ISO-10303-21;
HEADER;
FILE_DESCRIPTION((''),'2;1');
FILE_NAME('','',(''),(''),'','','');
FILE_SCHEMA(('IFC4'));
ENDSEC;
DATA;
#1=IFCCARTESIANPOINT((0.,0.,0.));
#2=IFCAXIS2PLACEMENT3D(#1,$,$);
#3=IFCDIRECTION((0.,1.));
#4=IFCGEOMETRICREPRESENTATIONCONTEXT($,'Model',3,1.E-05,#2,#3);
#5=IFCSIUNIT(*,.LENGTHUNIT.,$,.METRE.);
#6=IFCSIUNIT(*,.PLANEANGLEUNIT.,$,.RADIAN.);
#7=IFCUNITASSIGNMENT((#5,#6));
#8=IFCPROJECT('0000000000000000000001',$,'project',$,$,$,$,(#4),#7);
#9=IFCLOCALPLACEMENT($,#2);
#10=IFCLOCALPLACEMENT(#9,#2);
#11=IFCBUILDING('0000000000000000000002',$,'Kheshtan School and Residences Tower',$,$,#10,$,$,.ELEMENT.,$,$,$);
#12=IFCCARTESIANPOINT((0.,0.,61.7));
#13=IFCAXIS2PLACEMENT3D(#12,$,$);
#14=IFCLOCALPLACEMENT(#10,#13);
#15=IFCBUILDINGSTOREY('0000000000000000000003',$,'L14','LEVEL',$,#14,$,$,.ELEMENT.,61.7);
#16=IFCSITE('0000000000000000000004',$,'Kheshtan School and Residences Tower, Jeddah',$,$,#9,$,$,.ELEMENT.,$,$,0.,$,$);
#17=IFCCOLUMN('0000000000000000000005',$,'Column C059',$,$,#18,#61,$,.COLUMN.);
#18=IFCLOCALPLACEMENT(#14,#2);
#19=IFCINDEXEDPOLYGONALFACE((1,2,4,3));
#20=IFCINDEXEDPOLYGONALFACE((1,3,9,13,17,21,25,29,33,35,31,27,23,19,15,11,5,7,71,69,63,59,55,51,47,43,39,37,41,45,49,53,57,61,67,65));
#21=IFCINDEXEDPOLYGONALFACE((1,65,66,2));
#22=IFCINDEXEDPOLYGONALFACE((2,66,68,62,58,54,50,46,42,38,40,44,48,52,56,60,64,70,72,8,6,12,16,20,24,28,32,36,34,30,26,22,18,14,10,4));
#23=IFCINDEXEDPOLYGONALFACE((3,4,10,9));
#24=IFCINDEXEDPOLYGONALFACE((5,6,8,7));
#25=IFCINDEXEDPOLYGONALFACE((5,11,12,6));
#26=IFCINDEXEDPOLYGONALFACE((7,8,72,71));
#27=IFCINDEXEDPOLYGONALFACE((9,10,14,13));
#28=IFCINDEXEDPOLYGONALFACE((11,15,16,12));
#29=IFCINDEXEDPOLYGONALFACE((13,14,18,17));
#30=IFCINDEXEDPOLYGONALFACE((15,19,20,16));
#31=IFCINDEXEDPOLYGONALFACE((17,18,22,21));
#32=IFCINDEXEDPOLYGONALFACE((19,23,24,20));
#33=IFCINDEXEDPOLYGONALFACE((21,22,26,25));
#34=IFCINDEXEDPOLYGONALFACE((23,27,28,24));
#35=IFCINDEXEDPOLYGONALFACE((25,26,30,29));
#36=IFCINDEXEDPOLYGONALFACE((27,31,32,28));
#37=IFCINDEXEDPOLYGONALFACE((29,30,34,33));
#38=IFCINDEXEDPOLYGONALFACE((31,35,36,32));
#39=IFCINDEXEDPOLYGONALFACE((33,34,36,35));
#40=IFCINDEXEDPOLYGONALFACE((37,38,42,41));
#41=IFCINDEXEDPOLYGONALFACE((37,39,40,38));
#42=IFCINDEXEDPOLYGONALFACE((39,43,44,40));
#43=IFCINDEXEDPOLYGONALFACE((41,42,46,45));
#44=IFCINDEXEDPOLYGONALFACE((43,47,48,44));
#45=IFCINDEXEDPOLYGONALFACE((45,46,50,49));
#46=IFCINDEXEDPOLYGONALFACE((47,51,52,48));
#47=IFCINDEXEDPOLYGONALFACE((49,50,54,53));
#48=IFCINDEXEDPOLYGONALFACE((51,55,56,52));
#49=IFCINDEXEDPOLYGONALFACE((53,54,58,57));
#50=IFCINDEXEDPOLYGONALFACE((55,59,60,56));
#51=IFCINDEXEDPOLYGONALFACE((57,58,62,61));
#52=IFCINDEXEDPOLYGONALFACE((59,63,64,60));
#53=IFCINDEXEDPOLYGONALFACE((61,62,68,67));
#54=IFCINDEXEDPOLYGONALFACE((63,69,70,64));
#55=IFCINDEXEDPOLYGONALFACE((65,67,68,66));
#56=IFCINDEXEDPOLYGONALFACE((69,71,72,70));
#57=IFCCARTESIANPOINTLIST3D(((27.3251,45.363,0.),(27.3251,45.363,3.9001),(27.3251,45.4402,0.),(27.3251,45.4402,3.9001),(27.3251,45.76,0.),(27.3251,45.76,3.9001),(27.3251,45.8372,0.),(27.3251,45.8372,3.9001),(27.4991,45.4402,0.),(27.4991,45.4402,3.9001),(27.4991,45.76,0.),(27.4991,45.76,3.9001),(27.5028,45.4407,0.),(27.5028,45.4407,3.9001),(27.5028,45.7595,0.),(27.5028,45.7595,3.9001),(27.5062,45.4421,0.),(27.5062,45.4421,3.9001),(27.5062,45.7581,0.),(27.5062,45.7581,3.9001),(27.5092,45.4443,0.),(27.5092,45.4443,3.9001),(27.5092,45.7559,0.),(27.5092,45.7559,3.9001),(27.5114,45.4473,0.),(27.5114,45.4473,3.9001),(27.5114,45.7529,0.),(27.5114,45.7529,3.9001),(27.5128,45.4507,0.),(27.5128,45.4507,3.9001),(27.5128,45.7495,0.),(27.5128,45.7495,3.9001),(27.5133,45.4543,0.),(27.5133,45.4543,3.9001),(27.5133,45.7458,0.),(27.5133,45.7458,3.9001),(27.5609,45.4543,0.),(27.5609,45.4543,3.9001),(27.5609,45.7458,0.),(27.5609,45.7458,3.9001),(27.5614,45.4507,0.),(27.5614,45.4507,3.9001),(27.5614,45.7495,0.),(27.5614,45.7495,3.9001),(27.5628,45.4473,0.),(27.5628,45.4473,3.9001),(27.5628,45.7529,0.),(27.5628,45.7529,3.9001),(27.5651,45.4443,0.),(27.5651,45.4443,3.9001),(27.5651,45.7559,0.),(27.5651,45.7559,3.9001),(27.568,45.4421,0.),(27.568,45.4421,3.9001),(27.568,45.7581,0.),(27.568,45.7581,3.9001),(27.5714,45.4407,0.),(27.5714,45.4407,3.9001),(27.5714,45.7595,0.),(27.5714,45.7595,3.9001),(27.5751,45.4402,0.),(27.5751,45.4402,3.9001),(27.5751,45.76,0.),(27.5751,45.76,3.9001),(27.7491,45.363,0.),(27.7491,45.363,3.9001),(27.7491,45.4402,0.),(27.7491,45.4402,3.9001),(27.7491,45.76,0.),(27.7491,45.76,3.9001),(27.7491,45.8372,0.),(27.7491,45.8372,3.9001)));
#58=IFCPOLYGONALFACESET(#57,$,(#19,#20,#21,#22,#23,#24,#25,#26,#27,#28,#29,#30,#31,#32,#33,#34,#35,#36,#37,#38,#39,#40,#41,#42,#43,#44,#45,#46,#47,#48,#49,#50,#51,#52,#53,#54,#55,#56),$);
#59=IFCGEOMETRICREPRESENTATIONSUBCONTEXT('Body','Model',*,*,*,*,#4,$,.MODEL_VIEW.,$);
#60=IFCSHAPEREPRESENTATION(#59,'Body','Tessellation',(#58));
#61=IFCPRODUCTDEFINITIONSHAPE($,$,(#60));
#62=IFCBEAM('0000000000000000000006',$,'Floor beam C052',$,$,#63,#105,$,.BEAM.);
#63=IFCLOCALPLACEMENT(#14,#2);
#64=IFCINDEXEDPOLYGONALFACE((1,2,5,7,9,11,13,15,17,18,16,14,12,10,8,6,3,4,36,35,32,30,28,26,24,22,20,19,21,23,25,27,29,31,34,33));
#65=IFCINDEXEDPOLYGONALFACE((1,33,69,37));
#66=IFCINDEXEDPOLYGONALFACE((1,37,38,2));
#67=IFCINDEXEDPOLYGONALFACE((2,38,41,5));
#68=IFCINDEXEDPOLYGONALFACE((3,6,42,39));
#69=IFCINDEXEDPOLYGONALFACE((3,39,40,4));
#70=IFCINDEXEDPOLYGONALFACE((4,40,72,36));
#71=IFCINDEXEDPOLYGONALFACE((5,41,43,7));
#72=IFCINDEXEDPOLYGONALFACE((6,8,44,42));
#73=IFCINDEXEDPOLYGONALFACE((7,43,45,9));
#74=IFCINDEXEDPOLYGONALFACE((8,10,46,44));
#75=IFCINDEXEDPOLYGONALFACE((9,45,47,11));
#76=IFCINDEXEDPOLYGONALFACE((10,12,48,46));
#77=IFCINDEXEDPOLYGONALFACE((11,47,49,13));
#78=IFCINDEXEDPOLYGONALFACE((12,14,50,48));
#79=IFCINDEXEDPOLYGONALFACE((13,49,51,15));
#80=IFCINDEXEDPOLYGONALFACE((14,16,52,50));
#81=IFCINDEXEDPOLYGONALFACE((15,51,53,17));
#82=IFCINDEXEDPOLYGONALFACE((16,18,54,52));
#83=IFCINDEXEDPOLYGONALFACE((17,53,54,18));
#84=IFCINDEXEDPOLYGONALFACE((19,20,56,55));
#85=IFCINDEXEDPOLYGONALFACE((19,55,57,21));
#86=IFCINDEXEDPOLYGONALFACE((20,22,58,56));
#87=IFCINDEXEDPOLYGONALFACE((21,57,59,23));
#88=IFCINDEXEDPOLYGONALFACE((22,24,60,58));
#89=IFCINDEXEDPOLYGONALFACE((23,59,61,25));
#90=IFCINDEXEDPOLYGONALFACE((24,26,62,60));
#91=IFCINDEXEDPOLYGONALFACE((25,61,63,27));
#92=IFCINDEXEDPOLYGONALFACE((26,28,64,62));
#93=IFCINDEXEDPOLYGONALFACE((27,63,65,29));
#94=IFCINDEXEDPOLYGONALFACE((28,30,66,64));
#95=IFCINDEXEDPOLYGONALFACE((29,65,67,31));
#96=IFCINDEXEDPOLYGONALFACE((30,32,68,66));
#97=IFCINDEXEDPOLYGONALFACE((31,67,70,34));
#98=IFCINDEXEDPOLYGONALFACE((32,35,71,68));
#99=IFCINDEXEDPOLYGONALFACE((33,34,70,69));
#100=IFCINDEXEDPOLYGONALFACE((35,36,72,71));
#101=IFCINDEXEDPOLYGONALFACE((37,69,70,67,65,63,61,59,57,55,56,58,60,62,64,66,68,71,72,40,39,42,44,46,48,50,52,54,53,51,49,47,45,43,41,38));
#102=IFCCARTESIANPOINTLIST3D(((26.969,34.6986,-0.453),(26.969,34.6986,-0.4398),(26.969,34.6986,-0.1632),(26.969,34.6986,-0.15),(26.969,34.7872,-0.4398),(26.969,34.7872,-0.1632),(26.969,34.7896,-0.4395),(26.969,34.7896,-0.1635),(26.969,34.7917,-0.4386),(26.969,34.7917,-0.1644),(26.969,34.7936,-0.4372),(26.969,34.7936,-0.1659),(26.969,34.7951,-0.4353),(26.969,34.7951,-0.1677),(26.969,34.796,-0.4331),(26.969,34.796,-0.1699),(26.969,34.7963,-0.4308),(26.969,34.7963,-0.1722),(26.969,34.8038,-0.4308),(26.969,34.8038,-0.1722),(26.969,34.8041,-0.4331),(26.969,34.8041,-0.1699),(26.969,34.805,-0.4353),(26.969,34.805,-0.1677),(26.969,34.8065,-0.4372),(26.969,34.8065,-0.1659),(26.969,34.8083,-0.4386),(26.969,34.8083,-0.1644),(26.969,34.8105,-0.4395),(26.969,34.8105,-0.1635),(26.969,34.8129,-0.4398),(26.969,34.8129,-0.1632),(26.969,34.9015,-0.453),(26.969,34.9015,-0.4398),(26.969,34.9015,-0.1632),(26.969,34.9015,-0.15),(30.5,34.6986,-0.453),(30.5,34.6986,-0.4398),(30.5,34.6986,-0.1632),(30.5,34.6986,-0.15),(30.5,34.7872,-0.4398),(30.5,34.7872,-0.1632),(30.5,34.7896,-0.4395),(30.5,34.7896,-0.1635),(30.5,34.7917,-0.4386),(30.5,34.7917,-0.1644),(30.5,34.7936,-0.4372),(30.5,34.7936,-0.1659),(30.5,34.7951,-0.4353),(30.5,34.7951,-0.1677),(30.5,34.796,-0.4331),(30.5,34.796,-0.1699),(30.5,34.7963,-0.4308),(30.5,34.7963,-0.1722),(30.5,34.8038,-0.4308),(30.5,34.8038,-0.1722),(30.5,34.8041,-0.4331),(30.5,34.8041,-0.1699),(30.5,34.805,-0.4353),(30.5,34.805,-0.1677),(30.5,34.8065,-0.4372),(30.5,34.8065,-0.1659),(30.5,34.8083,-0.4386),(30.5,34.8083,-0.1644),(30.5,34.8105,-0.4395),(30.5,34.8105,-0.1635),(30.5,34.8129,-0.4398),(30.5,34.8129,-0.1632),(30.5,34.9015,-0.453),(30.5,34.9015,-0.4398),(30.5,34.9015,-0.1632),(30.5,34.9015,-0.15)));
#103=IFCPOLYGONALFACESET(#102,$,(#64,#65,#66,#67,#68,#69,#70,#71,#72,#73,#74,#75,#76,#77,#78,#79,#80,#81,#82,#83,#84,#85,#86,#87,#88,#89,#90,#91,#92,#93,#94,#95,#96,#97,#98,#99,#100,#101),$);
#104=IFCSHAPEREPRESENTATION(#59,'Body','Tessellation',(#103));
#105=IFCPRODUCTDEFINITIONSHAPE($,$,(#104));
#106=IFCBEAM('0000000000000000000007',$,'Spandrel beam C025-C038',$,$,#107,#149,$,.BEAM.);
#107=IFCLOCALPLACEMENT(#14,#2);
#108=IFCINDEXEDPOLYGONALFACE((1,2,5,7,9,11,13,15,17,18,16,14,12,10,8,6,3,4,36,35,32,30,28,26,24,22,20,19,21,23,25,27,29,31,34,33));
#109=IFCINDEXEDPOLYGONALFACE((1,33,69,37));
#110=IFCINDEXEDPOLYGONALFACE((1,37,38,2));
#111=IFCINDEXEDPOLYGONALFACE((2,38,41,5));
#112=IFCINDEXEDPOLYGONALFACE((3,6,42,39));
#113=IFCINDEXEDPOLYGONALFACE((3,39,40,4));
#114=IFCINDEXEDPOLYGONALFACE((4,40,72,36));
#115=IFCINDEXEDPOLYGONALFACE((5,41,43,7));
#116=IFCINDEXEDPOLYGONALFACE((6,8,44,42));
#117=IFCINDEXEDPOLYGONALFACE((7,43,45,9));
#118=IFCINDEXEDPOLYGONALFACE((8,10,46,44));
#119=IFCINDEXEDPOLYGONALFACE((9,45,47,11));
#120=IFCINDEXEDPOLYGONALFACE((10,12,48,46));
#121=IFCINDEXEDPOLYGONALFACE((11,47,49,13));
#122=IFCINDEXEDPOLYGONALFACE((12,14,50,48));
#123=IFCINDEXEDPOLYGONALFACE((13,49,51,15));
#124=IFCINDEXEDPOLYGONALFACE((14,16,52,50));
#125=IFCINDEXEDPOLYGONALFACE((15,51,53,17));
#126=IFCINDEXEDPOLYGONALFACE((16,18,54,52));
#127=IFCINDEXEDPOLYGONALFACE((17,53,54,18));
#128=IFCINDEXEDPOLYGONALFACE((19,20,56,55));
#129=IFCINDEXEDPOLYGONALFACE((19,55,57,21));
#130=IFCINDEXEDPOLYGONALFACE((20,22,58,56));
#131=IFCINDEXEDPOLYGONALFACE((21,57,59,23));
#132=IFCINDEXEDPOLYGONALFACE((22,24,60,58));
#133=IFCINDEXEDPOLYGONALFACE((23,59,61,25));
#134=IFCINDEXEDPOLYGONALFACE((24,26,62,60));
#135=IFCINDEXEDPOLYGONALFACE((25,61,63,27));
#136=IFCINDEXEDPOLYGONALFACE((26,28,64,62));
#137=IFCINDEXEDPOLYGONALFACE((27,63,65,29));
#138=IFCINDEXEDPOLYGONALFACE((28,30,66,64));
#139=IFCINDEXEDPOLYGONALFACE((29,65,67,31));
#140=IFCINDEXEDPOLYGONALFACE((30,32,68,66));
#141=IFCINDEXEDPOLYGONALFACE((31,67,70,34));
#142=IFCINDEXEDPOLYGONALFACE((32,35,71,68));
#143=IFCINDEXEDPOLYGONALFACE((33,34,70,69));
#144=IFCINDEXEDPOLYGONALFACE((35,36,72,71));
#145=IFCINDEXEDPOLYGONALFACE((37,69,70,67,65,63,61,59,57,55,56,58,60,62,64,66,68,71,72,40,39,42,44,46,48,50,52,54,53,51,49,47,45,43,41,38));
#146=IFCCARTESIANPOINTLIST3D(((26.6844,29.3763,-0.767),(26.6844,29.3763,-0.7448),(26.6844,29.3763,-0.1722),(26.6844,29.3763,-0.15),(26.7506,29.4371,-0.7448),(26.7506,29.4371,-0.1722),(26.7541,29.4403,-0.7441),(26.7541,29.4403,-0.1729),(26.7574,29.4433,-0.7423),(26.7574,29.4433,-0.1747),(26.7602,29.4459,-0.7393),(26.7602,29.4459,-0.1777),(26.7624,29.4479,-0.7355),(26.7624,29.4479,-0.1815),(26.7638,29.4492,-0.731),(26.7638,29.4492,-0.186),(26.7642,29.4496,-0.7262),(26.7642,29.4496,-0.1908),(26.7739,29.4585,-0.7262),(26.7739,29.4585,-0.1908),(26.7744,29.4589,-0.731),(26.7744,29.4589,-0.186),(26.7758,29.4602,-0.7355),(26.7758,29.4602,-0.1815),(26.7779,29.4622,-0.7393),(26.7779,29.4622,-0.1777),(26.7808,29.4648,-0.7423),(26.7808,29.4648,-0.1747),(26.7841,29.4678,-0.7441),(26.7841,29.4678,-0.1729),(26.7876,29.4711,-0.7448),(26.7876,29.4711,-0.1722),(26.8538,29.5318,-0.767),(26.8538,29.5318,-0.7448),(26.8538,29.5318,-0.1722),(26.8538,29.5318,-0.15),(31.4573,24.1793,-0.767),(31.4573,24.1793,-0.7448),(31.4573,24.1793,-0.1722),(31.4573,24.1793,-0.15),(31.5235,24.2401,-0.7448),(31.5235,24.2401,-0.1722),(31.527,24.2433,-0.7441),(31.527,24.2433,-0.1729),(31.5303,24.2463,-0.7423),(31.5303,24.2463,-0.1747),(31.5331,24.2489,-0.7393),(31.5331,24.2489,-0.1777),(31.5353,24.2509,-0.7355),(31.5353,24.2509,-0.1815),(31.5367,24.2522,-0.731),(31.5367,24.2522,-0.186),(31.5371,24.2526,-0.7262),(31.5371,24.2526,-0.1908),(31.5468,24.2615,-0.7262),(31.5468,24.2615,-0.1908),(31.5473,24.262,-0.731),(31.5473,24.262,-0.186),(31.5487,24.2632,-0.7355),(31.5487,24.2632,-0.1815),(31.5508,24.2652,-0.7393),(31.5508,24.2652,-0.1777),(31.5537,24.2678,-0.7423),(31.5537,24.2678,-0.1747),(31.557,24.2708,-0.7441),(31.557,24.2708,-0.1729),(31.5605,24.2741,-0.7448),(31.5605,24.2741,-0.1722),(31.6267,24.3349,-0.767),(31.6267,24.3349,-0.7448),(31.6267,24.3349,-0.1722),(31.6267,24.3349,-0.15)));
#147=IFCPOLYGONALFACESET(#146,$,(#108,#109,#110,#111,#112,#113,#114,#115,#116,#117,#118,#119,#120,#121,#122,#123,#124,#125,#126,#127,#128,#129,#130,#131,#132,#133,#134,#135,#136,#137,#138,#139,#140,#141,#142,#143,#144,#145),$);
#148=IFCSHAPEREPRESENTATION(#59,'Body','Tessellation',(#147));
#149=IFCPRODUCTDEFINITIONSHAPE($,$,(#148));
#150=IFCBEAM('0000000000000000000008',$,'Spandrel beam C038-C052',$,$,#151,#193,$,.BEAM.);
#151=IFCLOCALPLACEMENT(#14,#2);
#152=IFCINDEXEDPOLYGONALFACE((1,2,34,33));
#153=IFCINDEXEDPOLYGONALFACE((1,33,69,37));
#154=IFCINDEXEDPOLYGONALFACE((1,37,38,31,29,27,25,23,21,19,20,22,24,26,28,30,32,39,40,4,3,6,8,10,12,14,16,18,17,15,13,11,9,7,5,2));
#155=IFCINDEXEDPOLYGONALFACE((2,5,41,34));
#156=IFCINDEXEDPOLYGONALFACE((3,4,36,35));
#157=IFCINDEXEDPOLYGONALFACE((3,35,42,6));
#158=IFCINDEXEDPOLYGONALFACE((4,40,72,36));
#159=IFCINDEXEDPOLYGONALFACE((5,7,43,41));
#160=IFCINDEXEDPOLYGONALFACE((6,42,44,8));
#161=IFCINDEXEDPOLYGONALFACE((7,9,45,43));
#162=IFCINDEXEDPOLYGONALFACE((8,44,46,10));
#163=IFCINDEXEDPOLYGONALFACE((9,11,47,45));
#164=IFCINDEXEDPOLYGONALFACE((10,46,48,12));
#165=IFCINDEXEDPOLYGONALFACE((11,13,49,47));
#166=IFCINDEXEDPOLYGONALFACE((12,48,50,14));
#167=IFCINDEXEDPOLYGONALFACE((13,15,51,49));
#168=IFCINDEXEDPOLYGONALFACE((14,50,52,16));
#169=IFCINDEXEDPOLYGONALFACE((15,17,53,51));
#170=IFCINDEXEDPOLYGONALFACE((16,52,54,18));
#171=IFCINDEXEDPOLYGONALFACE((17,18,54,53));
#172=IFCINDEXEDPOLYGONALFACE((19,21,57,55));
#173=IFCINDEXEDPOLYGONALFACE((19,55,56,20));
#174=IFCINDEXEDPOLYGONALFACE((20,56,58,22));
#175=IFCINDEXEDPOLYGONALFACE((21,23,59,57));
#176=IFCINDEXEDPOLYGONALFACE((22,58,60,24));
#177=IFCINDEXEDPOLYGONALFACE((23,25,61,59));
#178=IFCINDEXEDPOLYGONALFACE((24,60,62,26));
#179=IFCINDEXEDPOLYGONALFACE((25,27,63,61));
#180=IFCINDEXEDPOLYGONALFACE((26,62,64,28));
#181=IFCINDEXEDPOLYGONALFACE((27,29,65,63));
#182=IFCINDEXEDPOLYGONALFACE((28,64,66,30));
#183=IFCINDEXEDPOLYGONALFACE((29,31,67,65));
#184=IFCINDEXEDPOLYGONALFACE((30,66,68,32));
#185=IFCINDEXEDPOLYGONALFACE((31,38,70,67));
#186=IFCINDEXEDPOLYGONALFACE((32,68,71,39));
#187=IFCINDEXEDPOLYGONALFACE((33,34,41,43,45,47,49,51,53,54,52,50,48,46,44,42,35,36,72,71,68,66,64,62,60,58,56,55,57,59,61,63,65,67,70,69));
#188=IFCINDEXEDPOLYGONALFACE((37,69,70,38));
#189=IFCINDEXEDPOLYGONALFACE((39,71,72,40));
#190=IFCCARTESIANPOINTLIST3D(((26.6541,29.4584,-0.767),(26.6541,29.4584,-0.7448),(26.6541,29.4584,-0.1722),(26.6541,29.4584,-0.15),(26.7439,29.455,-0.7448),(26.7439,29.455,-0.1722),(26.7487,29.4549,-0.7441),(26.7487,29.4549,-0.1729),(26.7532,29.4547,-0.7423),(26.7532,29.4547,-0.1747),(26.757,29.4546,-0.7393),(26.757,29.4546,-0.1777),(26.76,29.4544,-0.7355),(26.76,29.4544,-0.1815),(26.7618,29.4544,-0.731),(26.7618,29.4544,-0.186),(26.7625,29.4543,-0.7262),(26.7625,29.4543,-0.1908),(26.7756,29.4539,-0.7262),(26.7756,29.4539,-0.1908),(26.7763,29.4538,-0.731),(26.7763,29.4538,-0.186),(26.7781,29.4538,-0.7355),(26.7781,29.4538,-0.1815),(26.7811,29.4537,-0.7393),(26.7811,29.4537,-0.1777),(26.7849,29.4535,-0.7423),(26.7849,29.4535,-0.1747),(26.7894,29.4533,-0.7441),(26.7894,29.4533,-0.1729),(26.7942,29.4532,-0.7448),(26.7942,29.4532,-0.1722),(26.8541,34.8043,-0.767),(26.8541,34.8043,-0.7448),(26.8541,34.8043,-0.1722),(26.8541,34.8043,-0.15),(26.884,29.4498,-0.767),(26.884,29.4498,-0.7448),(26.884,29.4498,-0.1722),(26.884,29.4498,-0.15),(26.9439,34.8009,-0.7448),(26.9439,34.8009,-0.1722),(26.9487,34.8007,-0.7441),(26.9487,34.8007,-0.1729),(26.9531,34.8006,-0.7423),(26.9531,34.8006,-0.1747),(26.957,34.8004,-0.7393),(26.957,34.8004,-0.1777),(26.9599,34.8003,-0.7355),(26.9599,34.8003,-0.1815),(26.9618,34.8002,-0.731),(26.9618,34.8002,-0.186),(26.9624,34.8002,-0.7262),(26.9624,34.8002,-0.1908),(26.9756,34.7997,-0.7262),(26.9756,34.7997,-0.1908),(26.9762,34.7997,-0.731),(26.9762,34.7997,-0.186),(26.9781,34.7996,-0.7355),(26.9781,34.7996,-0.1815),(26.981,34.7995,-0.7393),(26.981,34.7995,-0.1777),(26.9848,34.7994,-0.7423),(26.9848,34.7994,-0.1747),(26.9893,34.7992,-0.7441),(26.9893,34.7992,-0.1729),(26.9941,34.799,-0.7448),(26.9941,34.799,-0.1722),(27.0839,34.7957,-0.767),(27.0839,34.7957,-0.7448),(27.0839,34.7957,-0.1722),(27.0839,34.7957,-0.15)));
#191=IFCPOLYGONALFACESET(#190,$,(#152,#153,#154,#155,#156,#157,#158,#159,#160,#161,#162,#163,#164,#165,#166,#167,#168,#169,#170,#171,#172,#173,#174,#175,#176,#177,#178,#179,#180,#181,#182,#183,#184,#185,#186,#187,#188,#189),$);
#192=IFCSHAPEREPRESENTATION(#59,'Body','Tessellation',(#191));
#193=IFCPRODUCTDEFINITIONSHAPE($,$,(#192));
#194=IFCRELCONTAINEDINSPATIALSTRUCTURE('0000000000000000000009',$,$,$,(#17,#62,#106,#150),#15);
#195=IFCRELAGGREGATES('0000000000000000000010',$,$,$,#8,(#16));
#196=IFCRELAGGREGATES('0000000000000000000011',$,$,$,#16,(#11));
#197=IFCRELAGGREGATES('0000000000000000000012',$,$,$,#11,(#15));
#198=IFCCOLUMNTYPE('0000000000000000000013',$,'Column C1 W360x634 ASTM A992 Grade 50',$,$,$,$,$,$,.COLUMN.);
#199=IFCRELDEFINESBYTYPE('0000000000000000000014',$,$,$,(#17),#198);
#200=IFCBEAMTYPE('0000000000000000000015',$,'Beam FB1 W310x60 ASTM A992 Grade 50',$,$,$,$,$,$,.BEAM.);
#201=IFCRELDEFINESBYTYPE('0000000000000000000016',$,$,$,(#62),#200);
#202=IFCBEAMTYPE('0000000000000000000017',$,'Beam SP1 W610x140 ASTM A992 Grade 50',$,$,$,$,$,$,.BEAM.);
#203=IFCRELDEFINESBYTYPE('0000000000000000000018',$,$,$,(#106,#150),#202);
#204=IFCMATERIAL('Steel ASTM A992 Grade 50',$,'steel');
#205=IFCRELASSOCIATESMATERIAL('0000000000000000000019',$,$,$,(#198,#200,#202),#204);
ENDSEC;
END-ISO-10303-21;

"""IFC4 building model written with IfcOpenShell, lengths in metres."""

from ifc_helpers import new_model, si_unit, direction, frame, origin, origin_2d, place, context, subcontext, project, spatial, i_section, extrude, material, material_profile, profile_set, type_object, element, save


model = new_model("IFC4")

# Units and contexts
model_context = context("Model", 3, precision=1e-05, world=origin(), true_north=direction((0.0, 1.0)))
body_context = subcontext(model_context, "Body", "Model", "MODEL_VIEW")
ifc_project = project(units=[si_unit("LENGTHUNIT", "METRE"), si_unit("PLANEANGLEUNIT", "RADIAN")], contexts=[model_context])

# Site, building, storey
site_placement = place(None, origin())
site = spatial("IfcSite", under=ifc_project, at=site_placement, Name="Kheshtan School and Residences Tower, Jeddah", CompositionType="ELEMENT", RefElevation=0.0)
building_placement = place(site_placement, origin())
building = spatial("IfcBuilding", under=site, at=building_placement, Name="Kheshtan School and Residences Tower", CompositionType="ELEMENT")
storey_placement = place(building_placement, frame((0.0, 0.0, 61.7)))
storey = spatial("IfcBuildingStorey", under=building, at=storey_placement, Name="L14", Description="LEVEL", CompositionType="ELEMENT", Elevation=61.7)

# Column
ifc_material_1 = material(Name="Steel ASTM A992 Grade 50", Category="steel")
ifc_material_profile_1 = material_profile(ifc_material_1, i_section(OverallWidth=0.4241, OverallDepth=0.4741, WebThickness=0.0476, FlangeThickness=0.0771, FilletRadius=0.0142, at=origin_2d()), Name="W360x634")
ifc_profile_set_1 = profile_set([ifc_material_profile_1], Name="Steel ASTM A992 Grade 50")
column_type = type_object("IfcColumnType", Name="Column C1 W360x634 ASTM A992 Grade 50", PredefinedType="COLUMN", material=ifc_profile_set_1)
for number, where, z_axis, x_axis, name in (
    (1, (27.5371, 45.6001, 0.0), (0.0, 0.0, 1.0), (1.0, 0.0, 0.0), "Column C059"),
):
    element("IfcColumn", number, at=place(storey_placement, frame(where, z_axis=z_axis, x_axis=x_axis)), inside=storey, type_object=column_type, Name=name, PredefinedType="COLUMN", context=body_context, shape_type="SweptSolid", body=[
        extrude(i_section(OverallWidth=0.4241, OverallDepth=0.4741, WebThickness=0.0476, FlangeThickness=0.0771, FilletRadius=0.0142, at=origin_2d()), origin(), (0.0, 0.0, 1.0), 3.9001),
    ])

# Beams
ifc_material_profile_2 = material_profile(ifc_material_1, i_section(OverallWidth=0.2029, OverallDepth=0.303, WebThickness=0.0076, FlangeThickness=0.0132, FilletRadius=0.009, at=origin_2d()), Name="W310x60")
ifc_profile_set_2 = profile_set([ifc_material_profile_2], Name="Steel ASTM A992 Grade 50")
beam_type_1 = type_object("IfcBeamType", Name="Beam FB1 W310x60 ASTM A992 Grade 50", PredefinedType="BEAM", material=ifc_profile_set_2)
beam_1_placement = place(storey_placement, frame((26.969, 34.8, -0.3015), z_axis=(1.0, 0.0, 0.0), x_axis=(0.0, 1.0, 0.0)))
element("IfcBeam", 2, at=beam_1_placement, inside=storey, type_object=beam_type_1, Name="Floor beam C052", PredefinedType="BEAM", context=body_context, shape_type="SweptSolid", body=[
    extrude(i_section(OverallWidth=0.2029, OverallDepth=0.303, WebThickness=0.0076, FlangeThickness=0.0132, FilletRadius=0.009, at=origin_2d()), origin(), (0.0, 0.0, 1.0), 3.531),
])
ifc_material_profile_3 = material_profile(ifc_material_1, i_section(OverallWidth=0.23, OverallDepth=0.6169, WebThickness=0.0132, FlangeThickness=0.0222, FilletRadius=0.0186, at=origin_2d()), Name="W610x140")
ifc_profile_set_3 = profile_set([ifc_material_profile_3], Name="Steel ASTM A992 Grade 50")
beam_type_2 = type_object("IfcBeamType", Name="Beam SP1 W610x140 ASTM A992 Grade 50", PredefinedType="BEAM", material=ifc_profile_set_3)
beam_2_placement = place(storey_placement, frame((31.542, 24.2571, -0.4585), z_axis=(-0.676418, 0.736518, 0.0), x_axis=(-0.736518, -0.676418, 0.0)))
element("IfcBeam", 3, at=beam_2_placement, inside=storey, type_object=beam_type_2, Name="Spandrel beam C025-C038", PredefinedType="BEAM", context=body_context, shape_type="SweptSolid", body=[
    extrude(i_section(OverallWidth=0.23, OverallDepth=0.6169, WebThickness=0.0132, FlangeThickness=0.0222, FilletRadius=0.0186, at=origin_2d()), origin(), (0.0, 0.0, 1.0), 7.0562),
])
beam_3_placement = place(storey_placement, frame((26.769, 29.4541, -0.4585), z_axis=(0.037376, 0.999301, 0.0), x_axis=(-0.999301, 0.037376, 0.0)))
element("IfcBeam", 4, at=beam_3_placement, inside=storey, type_object=beam_type_2, Name="Spandrel beam C038-C052", PredefinedType="BEAM", context=body_context, shape_type="SweptSolid", body=[
    extrude(i_section(OverallWidth=0.23, OverallDepth=0.6169, WebThickness=0.0132, FlangeThickness=0.0222, FilletRadius=0.0186, at=origin_2d()), origin(), (0.0, 0.0, 1.0), 5.3496),
])

save(model, "model.ifc")
